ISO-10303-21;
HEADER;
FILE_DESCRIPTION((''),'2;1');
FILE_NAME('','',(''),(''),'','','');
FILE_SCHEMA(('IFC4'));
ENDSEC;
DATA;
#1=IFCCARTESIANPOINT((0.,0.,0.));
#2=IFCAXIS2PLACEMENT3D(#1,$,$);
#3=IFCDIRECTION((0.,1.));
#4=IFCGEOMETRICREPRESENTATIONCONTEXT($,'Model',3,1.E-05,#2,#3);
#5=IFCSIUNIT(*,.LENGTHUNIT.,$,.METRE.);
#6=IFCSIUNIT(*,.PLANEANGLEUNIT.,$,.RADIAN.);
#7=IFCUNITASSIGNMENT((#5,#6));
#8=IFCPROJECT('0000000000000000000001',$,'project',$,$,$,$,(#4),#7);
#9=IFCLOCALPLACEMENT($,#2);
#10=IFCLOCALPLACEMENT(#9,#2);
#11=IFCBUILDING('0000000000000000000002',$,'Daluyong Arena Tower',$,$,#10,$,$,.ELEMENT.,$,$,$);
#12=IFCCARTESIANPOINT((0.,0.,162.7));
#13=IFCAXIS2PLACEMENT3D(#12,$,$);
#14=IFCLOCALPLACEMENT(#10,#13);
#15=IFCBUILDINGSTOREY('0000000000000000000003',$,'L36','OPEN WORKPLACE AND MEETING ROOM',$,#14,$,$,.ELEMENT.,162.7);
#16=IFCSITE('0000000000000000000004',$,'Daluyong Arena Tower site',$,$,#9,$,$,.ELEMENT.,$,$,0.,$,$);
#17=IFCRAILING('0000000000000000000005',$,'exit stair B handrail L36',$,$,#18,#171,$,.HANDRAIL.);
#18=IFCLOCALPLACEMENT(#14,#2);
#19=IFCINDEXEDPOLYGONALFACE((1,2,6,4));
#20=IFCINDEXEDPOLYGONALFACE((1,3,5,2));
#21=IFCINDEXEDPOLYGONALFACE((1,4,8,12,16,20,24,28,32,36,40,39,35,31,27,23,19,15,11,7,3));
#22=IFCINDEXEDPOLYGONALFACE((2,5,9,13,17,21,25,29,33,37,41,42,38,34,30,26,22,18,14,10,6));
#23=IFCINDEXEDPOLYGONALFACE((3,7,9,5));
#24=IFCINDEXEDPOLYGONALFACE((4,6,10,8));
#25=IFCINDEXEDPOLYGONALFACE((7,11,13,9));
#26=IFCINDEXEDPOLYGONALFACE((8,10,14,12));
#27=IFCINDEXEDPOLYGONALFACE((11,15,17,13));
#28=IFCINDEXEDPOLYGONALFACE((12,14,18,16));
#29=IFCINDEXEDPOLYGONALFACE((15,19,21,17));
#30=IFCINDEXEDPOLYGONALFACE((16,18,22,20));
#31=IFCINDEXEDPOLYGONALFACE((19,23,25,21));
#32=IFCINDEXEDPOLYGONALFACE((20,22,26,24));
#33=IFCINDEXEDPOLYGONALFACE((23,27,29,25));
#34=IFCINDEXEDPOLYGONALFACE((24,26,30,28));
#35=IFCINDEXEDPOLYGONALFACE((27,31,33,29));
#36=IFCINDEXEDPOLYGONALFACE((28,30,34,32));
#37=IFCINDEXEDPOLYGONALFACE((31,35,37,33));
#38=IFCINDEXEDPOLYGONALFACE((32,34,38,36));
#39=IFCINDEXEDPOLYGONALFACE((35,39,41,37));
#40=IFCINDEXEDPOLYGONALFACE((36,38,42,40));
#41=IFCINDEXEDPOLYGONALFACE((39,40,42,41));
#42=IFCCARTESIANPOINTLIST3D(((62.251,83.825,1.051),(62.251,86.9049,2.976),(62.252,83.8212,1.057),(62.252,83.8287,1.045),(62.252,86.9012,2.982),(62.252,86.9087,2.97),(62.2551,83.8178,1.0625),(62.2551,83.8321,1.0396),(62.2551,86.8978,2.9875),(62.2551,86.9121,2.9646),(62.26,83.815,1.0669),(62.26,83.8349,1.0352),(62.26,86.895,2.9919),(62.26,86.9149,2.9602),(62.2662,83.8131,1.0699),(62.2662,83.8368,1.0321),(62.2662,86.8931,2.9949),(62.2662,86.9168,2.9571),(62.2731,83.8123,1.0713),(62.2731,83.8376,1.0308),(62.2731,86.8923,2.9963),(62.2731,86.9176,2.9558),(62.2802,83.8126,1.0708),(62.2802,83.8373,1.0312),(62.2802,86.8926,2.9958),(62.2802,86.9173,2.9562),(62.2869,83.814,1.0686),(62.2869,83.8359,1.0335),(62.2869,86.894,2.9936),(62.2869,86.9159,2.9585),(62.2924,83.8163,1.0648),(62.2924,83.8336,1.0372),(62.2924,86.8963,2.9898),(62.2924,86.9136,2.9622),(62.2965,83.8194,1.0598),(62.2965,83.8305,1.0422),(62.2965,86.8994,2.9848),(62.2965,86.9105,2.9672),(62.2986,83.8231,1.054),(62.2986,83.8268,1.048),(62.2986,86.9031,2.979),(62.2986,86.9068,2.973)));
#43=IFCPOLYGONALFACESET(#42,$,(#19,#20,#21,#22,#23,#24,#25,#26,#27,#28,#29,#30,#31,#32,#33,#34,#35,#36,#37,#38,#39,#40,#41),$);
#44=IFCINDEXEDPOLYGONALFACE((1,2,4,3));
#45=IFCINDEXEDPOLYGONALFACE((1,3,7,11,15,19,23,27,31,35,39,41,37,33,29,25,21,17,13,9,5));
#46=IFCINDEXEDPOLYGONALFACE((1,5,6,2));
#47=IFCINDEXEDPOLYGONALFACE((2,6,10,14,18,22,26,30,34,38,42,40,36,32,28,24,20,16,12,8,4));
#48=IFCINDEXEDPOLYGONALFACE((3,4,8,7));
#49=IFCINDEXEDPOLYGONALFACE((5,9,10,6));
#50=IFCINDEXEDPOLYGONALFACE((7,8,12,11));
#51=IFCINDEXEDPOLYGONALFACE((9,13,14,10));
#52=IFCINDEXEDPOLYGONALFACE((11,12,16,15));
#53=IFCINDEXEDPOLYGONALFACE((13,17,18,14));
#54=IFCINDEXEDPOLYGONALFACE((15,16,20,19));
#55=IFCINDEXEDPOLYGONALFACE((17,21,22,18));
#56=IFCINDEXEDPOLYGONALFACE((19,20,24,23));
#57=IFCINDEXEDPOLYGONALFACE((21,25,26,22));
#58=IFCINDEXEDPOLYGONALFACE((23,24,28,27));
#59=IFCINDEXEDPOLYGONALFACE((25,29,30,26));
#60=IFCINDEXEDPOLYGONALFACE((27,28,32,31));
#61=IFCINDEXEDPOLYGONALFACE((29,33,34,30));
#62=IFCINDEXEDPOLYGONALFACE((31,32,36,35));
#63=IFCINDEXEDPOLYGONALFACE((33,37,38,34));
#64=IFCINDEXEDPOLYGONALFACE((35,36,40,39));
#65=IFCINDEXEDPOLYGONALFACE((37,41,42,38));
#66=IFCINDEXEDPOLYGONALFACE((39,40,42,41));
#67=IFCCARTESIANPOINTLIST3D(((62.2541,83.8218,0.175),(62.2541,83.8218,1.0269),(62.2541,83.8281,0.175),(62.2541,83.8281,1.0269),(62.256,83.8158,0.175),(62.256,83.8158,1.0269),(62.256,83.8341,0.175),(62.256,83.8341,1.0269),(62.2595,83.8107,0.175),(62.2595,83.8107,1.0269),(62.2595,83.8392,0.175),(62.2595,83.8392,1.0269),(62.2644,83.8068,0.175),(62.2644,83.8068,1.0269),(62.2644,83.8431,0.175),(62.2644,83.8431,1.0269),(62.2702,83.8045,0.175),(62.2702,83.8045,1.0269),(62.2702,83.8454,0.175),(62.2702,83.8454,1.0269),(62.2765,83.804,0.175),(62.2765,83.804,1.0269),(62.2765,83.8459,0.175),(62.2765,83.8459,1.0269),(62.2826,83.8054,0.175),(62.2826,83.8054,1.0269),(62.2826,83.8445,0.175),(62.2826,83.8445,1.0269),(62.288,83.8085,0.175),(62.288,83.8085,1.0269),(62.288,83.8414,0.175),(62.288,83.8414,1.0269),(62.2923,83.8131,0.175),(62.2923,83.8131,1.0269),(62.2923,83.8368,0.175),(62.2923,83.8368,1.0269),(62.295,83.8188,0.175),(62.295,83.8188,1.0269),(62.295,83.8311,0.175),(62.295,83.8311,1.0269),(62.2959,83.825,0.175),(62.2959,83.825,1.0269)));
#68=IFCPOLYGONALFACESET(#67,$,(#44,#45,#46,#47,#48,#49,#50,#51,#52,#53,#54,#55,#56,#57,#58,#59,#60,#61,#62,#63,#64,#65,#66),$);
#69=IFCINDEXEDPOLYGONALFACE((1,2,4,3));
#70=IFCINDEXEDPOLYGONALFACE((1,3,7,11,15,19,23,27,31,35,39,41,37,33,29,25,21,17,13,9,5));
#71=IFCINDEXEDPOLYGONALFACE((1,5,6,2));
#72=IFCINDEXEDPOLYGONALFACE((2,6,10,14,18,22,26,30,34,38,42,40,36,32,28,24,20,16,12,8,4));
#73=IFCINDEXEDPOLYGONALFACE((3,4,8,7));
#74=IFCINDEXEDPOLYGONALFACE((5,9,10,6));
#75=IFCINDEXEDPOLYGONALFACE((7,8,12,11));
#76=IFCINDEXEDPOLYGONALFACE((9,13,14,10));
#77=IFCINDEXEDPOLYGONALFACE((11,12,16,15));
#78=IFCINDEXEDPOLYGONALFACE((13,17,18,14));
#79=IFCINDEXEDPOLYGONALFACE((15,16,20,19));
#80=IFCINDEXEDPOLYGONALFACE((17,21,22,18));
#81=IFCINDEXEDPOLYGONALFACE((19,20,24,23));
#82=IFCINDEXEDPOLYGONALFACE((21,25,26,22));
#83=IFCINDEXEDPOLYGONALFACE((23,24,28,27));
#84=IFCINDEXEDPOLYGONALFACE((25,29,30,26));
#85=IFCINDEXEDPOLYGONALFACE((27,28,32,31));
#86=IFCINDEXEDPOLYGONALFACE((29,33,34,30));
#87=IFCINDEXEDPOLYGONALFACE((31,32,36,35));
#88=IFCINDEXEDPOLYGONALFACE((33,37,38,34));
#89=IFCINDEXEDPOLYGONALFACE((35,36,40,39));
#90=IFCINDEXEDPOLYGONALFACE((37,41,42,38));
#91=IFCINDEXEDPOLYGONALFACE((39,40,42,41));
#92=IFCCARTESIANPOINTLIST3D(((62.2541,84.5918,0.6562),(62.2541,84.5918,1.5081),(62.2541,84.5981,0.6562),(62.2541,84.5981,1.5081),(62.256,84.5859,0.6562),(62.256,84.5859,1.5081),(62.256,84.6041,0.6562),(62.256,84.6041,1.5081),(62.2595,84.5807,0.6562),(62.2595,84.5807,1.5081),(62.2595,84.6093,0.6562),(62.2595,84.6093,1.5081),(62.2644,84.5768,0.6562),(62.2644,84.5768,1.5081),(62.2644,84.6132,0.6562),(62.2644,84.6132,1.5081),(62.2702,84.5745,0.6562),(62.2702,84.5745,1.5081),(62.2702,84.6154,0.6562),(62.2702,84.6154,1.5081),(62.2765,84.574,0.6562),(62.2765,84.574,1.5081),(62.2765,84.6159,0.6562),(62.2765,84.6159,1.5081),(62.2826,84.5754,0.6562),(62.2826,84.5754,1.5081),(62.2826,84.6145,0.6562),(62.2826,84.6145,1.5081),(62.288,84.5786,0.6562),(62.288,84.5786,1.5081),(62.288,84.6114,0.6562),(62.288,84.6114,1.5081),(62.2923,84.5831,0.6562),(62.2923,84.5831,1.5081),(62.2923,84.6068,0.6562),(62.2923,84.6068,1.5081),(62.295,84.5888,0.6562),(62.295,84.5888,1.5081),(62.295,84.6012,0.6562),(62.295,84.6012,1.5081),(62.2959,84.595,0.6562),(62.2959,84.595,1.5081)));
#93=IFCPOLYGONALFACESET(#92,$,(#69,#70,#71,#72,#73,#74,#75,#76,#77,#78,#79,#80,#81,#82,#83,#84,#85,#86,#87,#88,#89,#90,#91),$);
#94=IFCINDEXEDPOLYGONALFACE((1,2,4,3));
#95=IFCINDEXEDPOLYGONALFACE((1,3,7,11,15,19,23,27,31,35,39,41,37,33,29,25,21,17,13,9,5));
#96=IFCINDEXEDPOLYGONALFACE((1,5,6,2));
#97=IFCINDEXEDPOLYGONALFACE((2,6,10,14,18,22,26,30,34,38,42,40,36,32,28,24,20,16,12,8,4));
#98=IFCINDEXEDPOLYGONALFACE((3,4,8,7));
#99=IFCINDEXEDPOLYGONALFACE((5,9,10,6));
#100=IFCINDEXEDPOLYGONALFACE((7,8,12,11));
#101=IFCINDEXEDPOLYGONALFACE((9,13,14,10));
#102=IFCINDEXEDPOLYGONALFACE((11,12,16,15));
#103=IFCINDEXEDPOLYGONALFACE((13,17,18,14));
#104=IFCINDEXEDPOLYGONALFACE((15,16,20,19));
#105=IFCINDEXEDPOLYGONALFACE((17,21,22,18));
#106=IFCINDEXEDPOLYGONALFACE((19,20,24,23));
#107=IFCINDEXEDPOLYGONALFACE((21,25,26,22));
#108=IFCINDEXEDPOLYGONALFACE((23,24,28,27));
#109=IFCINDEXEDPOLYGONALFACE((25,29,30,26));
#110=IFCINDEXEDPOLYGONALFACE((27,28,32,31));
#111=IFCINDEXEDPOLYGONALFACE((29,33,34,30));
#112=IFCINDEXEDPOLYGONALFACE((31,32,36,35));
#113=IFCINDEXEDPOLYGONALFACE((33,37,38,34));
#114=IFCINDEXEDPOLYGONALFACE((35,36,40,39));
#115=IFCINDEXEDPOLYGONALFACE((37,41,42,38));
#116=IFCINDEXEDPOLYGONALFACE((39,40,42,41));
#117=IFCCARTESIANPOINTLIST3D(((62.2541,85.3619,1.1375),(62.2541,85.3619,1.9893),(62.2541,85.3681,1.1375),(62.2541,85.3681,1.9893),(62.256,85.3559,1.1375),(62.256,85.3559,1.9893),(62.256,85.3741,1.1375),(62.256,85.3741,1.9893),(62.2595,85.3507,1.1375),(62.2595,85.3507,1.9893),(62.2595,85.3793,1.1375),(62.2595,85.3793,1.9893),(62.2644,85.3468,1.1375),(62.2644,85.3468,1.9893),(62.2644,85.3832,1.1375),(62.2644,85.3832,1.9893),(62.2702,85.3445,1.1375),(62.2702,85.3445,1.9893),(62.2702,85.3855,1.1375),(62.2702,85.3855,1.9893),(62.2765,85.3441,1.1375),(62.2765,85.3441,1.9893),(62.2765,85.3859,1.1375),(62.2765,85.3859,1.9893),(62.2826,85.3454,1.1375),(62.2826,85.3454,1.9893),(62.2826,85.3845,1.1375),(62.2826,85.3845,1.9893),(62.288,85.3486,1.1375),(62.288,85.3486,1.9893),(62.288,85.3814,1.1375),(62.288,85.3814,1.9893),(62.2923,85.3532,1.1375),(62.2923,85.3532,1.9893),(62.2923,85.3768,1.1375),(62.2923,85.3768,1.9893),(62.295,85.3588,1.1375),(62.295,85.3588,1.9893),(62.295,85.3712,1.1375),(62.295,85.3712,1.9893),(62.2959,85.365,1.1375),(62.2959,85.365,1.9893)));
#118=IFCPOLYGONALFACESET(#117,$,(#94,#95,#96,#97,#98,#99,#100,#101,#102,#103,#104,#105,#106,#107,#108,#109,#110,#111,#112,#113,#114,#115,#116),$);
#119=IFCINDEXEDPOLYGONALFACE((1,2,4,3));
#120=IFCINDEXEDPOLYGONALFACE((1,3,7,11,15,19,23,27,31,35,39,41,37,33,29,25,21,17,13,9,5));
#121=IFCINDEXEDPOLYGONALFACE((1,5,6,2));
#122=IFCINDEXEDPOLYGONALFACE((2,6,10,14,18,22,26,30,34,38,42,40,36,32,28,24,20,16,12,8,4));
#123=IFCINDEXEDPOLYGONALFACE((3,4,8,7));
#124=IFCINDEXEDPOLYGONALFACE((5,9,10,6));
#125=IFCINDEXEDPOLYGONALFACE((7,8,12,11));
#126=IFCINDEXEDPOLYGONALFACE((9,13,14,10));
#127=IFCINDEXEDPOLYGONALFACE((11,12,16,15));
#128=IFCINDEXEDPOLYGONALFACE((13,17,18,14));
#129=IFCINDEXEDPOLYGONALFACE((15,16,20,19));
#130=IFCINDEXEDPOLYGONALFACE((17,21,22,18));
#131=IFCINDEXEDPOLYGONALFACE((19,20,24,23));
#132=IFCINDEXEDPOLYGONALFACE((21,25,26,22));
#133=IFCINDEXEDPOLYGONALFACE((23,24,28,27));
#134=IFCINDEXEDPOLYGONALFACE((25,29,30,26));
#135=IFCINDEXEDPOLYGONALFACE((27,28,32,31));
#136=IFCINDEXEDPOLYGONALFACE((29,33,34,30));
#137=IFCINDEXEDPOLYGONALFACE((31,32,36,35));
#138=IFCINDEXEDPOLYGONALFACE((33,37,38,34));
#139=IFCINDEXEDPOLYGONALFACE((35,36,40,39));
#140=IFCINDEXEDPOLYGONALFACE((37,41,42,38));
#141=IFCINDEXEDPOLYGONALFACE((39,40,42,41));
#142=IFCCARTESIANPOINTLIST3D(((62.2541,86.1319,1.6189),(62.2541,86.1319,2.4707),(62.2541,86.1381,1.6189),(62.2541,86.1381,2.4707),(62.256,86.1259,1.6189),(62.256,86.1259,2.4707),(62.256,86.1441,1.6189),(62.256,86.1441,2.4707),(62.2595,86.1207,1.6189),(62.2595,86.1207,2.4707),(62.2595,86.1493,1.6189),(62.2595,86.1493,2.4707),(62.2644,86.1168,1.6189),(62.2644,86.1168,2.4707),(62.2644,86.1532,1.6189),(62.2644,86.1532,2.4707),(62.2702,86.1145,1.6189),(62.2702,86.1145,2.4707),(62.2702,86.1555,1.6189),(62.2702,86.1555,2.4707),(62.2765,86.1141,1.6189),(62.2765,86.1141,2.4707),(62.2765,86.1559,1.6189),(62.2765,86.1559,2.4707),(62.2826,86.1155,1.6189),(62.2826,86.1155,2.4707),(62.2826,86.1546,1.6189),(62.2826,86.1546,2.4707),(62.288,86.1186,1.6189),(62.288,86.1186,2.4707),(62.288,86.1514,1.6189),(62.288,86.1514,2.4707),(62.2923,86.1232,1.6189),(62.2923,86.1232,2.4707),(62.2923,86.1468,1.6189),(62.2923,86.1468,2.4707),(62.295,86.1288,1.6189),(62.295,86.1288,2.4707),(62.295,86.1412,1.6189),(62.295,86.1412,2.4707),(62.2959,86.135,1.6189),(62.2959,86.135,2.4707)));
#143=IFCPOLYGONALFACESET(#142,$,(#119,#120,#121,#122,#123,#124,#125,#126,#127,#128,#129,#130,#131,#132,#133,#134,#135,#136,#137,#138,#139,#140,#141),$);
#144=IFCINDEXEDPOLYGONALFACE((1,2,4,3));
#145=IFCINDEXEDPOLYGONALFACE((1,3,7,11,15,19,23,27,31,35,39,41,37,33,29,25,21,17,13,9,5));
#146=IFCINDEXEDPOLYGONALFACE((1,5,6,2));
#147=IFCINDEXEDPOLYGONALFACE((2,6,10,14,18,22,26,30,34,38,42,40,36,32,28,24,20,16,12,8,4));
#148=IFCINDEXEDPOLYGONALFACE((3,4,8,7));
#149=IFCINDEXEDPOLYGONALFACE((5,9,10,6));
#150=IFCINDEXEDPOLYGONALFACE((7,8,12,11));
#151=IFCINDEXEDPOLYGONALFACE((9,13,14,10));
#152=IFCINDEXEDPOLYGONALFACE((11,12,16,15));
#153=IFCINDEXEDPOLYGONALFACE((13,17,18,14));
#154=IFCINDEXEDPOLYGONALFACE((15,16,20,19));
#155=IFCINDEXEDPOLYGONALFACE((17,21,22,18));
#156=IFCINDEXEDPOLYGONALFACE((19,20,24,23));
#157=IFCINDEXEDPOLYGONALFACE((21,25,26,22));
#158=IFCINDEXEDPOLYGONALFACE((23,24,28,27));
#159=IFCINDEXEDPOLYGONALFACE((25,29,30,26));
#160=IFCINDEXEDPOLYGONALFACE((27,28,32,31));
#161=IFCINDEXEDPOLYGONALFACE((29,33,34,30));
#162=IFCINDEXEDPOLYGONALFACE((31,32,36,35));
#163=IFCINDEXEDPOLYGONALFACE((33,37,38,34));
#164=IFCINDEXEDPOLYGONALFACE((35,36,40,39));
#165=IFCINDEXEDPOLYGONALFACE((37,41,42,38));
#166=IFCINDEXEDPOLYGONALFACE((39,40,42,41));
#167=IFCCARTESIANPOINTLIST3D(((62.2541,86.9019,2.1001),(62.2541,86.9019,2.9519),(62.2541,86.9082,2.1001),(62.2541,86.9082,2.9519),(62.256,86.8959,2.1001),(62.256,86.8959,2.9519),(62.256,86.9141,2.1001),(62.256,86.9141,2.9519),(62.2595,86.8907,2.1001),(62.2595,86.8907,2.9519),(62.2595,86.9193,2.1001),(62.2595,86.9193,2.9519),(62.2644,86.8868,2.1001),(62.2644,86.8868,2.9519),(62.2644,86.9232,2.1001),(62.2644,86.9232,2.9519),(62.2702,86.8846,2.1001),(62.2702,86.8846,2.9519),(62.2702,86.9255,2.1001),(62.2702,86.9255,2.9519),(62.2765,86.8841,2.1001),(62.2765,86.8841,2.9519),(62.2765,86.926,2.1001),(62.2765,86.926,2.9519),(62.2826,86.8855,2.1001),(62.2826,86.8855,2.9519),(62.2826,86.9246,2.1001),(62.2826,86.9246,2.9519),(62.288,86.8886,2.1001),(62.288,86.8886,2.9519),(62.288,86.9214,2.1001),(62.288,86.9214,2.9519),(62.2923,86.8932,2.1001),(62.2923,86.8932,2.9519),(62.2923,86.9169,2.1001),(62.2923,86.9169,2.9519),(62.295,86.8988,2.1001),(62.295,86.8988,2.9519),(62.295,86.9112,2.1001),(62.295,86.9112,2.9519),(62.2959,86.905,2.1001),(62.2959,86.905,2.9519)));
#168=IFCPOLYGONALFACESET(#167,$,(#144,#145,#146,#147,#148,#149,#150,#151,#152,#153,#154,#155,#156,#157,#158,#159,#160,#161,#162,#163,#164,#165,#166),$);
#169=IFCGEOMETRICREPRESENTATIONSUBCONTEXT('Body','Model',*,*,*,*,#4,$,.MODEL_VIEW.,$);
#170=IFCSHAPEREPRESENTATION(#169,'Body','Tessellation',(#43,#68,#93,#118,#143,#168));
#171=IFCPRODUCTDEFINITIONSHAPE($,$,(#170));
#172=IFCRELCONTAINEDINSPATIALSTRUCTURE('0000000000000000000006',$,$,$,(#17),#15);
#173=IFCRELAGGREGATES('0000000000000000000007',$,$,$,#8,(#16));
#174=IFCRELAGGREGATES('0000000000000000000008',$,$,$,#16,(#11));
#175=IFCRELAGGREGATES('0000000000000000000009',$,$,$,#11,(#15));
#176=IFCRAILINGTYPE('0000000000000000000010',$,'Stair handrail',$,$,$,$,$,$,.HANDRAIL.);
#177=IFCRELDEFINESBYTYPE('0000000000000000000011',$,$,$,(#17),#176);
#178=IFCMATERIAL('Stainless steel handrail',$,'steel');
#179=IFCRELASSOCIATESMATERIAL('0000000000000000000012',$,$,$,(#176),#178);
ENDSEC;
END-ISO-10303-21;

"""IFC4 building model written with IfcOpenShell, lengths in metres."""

from ifc_helpers import new_model, si_unit, direction, frame, origin, origin_2d, place, context, subcontext, project, spatial, circle, extrude, material, type_object, element, save


model = new_model("IFC4")

# Units and contexts
model_context = context("Model", 3, precision=1e-05, world=origin(), true_north=direction((0.0, 1.0)))
body_context = subcontext(model_context, "Body", "Model", "MODEL_VIEW")
ifc_project = project(units=[si_unit("LENGTHUNIT", "METRE"), si_unit("PLANEANGLEUNIT", "RADIAN")], contexts=[model_context])

# Site, building, storey
site_placement = place(None, origin())
site = spatial("IfcSite", under=ifc_project, at=site_placement, Name="Daluyong Arena Tower site", CompositionType="ELEMENT", RefElevation=0.0)
building_placement = place(site_placement, origin())
building = spatial("IfcBuilding", under=site, at=building_placement, Name="Daluyong Arena Tower", CompositionType="ELEMENT")
storey_placement = place(building_placement, frame((0.0, 0.0, 162.7)))
storey = spatial("IfcBuildingStorey", under=building, at=storey_placement, Name="L36", Description="OPEN WORKPLACE AND MEETING ROOM", CompositionType="ELEMENT", Elevation=162.7)

# Railing
ifc_material_1 = material(Name="Stainless steel handrail", Category="steel")
railing_type_1 = type_object("IfcRailingType", Name="Stair handrail", PredefinedType="HANDRAIL", material=ifc_material_1)
railing_1_placement = place(storey_placement, frame((62.2749, 83.825, 0.175)))
element("IfcRailing", 1, at=railing_1_placement, inside=storey, type_object=railing_type_1, Name="exit stair B handrail L36", PredefinedType="HANDRAIL", context=body_context, shape_type="SweptSolid", body=[
    extrude(circle(Radius=0.0239, at=origin_2d()), frame((0.0, 0.0, 0.876), z_axis=(0.0, 0.847998, 0.529999), x_axis=(-1.0, 0.0, 0.0)), (0.0, 0.0, 1.0), 3.6321),
    extrude(circle(Radius=0.021, at=origin_2d()), origin(), (0.0, 0.0, 1.0), 0.8518),
    extrude(circle(Radius=0.021, at=origin_2d()), frame((0.0, 0.77, 0.4812)), (0.0, 0.0, 1.0), 0.8518),
    extrude(circle(Radius=0.021, at=origin_2d()), frame((0.0, 1.54, 0.9624)), (0.0, 0.0, 1.0), 0.8518),
    extrude(circle(Radius=0.021, at=origin_2d()), frame((0.0, 2.3101, 1.4438)), (0.0, 0.0, 1.0), 0.8518),
    extrude(circle(Radius=0.021, at=origin_2d()), frame((0.0, 3.0801, 1.925)), (0.0, 0.0, 1.0), 0.8518),
])

save(model, "model.ifc")
